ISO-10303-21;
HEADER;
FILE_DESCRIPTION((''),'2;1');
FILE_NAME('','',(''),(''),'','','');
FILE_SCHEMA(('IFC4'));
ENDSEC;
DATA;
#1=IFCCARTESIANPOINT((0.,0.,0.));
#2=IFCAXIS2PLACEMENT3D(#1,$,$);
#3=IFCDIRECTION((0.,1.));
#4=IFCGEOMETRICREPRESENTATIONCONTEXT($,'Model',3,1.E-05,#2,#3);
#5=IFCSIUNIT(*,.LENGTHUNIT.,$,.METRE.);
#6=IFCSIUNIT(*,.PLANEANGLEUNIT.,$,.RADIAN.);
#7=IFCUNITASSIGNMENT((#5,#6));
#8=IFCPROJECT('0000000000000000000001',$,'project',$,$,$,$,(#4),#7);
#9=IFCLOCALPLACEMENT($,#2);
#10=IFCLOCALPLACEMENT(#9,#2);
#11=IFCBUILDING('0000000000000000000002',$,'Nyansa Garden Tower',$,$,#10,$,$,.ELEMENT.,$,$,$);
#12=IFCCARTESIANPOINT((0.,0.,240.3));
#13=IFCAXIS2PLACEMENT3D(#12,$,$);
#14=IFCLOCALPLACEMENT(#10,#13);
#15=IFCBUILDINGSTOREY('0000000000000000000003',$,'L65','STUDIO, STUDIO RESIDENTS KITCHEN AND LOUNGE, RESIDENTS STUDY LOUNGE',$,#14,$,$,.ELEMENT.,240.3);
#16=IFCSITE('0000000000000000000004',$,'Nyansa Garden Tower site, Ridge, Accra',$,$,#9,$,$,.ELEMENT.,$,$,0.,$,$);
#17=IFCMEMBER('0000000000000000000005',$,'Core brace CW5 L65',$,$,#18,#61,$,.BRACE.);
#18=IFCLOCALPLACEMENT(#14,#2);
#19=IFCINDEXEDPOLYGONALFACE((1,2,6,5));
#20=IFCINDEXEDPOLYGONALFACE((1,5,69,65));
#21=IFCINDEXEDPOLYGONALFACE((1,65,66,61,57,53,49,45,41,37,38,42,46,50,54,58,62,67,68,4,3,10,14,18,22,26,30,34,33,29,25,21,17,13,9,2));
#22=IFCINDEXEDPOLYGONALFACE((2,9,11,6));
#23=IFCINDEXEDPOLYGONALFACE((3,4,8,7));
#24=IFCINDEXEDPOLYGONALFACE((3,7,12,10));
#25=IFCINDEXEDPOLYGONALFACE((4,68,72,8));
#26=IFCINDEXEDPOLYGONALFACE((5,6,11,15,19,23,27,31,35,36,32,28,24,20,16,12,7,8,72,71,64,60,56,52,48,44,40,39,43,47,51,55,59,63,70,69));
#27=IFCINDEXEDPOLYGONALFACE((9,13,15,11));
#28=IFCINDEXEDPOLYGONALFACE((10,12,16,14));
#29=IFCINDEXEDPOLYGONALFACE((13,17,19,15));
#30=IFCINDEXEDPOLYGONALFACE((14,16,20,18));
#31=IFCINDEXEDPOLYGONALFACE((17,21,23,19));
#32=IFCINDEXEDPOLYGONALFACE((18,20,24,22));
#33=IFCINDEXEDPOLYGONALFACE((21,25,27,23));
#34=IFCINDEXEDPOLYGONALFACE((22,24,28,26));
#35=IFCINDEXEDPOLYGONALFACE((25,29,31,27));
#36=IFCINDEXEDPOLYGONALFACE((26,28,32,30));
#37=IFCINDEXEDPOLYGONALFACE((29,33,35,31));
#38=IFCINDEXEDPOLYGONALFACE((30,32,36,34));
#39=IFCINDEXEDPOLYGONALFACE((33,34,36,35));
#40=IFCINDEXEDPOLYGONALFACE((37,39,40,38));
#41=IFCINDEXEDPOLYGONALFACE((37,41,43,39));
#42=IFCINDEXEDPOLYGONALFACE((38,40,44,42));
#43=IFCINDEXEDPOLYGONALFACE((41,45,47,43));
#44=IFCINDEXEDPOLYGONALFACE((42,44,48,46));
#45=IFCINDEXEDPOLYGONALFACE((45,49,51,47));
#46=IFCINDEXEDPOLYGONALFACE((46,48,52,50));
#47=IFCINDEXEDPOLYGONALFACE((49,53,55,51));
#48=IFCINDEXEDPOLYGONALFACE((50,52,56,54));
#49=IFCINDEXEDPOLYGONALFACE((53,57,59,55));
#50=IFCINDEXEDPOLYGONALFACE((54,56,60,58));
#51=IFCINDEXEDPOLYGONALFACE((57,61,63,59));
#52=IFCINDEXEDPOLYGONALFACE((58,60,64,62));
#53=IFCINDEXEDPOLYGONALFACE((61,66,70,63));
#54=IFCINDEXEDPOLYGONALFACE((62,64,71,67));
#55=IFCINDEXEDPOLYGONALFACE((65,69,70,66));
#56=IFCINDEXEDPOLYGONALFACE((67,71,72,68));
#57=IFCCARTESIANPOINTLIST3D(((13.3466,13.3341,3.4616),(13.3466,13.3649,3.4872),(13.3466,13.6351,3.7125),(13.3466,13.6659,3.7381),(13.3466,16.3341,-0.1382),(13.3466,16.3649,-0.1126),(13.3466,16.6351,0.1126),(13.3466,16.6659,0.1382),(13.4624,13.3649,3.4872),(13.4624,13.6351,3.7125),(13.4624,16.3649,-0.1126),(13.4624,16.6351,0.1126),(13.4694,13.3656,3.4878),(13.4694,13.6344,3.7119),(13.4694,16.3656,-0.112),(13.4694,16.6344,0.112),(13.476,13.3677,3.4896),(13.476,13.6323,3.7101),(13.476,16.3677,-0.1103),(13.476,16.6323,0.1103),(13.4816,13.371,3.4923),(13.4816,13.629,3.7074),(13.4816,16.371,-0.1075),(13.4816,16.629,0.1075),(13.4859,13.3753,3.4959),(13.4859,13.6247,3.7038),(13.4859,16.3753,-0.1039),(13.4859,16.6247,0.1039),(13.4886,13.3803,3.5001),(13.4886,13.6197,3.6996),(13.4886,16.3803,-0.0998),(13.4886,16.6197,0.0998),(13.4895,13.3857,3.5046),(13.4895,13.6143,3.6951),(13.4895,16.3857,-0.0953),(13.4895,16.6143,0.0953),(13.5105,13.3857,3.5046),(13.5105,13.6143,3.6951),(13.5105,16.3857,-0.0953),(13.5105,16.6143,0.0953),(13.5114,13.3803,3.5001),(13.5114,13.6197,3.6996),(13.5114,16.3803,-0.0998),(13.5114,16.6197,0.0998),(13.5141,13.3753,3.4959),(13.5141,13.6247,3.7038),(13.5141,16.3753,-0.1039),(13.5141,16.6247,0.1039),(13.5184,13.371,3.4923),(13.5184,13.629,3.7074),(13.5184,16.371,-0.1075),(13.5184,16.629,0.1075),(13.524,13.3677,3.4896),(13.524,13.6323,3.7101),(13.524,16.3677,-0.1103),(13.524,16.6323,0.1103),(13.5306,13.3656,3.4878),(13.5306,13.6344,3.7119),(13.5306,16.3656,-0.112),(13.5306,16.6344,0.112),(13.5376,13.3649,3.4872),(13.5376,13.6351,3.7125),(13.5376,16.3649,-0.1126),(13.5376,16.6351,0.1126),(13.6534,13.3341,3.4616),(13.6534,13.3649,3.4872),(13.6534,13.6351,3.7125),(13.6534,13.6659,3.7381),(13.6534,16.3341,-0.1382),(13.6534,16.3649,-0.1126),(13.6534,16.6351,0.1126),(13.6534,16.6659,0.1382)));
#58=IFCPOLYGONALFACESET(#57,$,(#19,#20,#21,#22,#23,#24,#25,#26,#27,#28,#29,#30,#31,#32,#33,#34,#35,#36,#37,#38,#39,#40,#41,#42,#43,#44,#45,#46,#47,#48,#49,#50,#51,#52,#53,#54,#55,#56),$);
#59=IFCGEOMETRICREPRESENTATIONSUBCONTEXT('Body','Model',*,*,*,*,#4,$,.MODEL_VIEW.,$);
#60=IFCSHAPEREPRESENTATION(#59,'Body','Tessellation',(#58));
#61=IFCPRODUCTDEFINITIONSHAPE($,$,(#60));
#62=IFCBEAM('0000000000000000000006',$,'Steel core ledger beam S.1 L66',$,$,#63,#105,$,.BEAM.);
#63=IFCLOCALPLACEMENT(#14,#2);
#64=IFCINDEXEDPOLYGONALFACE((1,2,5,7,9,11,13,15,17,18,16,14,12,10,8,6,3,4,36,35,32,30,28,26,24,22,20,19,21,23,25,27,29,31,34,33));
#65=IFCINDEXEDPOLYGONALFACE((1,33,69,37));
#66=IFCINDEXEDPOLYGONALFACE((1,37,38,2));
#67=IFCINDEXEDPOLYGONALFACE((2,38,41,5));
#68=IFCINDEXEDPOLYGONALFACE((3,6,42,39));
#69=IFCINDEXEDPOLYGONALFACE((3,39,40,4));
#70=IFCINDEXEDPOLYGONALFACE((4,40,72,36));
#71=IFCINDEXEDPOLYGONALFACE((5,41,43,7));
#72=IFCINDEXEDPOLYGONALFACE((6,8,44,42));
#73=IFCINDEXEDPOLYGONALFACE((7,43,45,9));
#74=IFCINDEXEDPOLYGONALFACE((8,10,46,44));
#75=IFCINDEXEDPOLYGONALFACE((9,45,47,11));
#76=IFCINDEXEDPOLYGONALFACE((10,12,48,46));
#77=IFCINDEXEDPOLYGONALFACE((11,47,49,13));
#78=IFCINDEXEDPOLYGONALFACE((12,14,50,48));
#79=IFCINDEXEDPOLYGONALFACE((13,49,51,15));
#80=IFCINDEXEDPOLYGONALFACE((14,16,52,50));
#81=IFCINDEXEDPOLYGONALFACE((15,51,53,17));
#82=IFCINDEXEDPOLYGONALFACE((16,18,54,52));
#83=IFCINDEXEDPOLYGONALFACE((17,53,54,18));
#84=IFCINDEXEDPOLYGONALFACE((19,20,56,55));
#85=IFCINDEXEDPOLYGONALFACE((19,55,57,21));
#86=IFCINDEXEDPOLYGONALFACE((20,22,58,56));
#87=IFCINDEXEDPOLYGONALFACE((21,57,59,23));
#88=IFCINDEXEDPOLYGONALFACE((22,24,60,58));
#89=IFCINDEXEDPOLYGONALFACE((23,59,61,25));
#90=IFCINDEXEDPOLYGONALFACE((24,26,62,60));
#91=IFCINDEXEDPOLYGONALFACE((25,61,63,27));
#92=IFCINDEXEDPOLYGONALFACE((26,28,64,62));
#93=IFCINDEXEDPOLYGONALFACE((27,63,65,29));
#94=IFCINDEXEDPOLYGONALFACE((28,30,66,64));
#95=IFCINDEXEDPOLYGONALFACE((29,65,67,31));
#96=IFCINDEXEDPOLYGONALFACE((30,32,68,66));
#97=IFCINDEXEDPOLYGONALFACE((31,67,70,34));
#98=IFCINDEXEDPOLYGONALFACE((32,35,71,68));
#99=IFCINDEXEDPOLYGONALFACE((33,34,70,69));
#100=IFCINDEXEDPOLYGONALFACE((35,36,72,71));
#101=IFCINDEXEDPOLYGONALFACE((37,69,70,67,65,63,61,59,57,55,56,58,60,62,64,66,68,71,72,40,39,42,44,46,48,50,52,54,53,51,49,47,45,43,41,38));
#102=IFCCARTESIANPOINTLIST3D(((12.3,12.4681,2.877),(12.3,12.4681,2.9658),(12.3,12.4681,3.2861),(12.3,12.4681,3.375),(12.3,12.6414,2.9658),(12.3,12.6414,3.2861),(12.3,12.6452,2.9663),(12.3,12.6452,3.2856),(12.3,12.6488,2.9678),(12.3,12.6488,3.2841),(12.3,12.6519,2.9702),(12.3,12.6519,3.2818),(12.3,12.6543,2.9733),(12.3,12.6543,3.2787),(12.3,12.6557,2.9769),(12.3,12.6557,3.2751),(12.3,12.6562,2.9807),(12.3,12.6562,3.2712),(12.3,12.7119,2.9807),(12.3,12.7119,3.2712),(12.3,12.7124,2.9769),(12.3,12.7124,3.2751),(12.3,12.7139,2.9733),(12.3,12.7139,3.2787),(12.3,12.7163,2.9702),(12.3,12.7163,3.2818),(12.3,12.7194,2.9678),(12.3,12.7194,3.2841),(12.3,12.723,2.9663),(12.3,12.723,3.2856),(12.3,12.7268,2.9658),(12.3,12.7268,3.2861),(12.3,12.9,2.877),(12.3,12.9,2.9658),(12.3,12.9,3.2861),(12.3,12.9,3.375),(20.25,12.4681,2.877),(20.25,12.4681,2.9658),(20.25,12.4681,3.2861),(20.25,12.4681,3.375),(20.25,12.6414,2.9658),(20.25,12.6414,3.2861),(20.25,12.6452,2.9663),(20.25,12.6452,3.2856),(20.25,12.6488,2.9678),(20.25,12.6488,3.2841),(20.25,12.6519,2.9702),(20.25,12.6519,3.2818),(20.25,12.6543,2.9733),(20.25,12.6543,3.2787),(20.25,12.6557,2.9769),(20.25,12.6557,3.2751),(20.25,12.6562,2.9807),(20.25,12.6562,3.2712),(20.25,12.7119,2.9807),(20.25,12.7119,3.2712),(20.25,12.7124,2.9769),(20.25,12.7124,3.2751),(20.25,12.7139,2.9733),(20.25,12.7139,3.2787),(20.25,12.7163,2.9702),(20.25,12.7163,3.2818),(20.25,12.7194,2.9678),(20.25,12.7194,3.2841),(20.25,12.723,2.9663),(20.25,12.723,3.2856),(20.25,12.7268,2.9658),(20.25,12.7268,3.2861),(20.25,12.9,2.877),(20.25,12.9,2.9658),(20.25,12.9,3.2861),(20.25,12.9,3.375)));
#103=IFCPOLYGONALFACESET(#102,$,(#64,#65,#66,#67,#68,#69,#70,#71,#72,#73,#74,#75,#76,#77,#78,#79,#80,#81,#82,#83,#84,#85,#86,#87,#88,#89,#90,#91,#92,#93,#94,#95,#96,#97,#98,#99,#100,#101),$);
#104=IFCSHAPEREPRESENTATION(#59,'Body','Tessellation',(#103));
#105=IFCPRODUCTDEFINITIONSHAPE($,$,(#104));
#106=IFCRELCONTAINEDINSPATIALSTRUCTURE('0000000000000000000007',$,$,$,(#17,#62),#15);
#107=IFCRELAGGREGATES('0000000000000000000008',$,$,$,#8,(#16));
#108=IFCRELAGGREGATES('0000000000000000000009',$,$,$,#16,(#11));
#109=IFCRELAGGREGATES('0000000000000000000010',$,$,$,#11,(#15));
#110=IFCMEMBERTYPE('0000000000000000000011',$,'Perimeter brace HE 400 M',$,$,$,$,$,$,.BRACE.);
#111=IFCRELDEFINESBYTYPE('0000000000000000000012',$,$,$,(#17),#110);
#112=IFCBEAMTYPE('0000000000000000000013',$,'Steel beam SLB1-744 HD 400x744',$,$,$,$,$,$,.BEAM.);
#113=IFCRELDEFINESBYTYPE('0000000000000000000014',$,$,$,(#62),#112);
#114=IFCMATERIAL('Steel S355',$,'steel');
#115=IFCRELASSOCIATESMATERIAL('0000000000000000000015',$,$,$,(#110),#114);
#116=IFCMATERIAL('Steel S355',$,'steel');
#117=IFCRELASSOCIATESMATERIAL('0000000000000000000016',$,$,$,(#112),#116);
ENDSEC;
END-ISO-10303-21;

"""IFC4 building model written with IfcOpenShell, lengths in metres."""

from ifc_helpers import new_model, si_unit, direction, frame, origin, origin_2d, place, context, subcontext, project, spatial, i_section, extrude, material, material_profile, profile_set, type_object, element, save


model = new_model("IFC4")

# Units and contexts
model_context = context("Model", 3, precision=1e-05, world=origin(), true_north=direction((0.0, 1.0)))
body_context = subcontext(model_context, "Body", "Model", "MODEL_VIEW")
ifc_project = project(units=[si_unit("LENGTHUNIT", "METRE"), si_unit("PLANEANGLEUNIT", "RADIAN")], contexts=[model_context])

# Site, building, storey
site_placement = place(None, origin())
site = spatial("IfcSite", under=ifc_project, at=site_placement, Name="Nyansa Garden Tower site, Ridge, Accra", CompositionType="ELEMENT", RefElevation=0.0)
building_placement = place(site_placement, origin())
building = spatial("IfcBuilding", under=site, at=building_placement, Name="Nyansa Garden Tower", CompositionType="ELEMENT")
storey_placement = place(building_placement, frame((0.0, 0.0, 240.3)))
storey = spatial("IfcBuildingStorey", under=building, at=storey_placement, Name="L65", Description="STUDIO, STUDIO RESIDENTS KITCHEN AND LOUNGE, RESIDENTS STUDY LOUNGE", CompositionType="ELEMENT", Elevation=240.3)

# Member
ifc_material_1 = material(Name="Steel S355", Category="steel")
ifc_material_profile_1 = material_profile(ifc_material_1, i_section(OverallWidth=0.3069, OverallDepth=0.4319, WebThickness=0.021, FlangeThickness=0.04, FilletRadius=0.0271, at=origin_2d()), Name="HE 400 M")
ifc_profile_set_1 = profile_set([ifc_material_profile_1], Name="Steel S355")
member_type = type_object("IfcMemberType", Name="Perimeter brace HE 400 M", PredefinedType="BRACE", material=ifc_profile_set_1)
member_placement = place(storey_placement, frame((13.5, 16.5, 0.0), z_axis=(0.0, -0.6402, 0.768208), x_axis=(1.0, 0.0, 0.0)))
element("IfcMember", 1, at=member_placement, inside=storey, type_object=member_type, Name="Core brace CW5 L65", PredefinedType="BRACE", context=body_context, shape_type="SweptSolid", body=[
    extrude(i_section(OverallWidth=0.3069, OverallDepth=0.4319, WebThickness=0.021, FlangeThickness=0.04, FilletRadius=0.0271, at=origin_2d()), origin(), (0.0, 0.0, 1.0), 4.686),
])

# Beam
ifc_material_2 = material(Name="Steel S355", Category="steel")
ifc_material_profile_2 = material_profile(ifc_material_2, i_section(OverallWidth=0.4319, OverallDepth=0.498, WebThickness=0.0557, FlangeThickness=0.0889, FilletRadius=0.0149, at=origin_2d()), Name="HD 400x744")
ifc_profile_set_2 = profile_set([ifc_material_profile_2], Name="Steel S355")
beam_type = type_object("IfcBeamType", Name="Steel beam SLB1-744 HD 400x744", PredefinedType="BEAM", material=ifc_profile_set_2)
beam_placement = place(storey_placement, frame((12.3, 12.6841, 3.126), z_axis=(1.0, 0.0, 0.0), x_axis=(0.0, 1.0, 0.0)))
element("IfcBeam", 2, at=beam_placement, inside=storey, type_object=beam_type, Name="Steel core ledger beam S.1 L66", PredefinedType="BEAM", context=body_context, shape_type="SweptSolid", body=[
    extrude(i_section(OverallWidth=0.4319, OverallDepth=0.498, WebThickness=0.0557, FlangeThickness=0.0889, FilletRadius=0.0149, at=origin_2d()), origin(), (0.0, 0.0, 1.0), 7.95),
])

save(model, "model.ifc")
